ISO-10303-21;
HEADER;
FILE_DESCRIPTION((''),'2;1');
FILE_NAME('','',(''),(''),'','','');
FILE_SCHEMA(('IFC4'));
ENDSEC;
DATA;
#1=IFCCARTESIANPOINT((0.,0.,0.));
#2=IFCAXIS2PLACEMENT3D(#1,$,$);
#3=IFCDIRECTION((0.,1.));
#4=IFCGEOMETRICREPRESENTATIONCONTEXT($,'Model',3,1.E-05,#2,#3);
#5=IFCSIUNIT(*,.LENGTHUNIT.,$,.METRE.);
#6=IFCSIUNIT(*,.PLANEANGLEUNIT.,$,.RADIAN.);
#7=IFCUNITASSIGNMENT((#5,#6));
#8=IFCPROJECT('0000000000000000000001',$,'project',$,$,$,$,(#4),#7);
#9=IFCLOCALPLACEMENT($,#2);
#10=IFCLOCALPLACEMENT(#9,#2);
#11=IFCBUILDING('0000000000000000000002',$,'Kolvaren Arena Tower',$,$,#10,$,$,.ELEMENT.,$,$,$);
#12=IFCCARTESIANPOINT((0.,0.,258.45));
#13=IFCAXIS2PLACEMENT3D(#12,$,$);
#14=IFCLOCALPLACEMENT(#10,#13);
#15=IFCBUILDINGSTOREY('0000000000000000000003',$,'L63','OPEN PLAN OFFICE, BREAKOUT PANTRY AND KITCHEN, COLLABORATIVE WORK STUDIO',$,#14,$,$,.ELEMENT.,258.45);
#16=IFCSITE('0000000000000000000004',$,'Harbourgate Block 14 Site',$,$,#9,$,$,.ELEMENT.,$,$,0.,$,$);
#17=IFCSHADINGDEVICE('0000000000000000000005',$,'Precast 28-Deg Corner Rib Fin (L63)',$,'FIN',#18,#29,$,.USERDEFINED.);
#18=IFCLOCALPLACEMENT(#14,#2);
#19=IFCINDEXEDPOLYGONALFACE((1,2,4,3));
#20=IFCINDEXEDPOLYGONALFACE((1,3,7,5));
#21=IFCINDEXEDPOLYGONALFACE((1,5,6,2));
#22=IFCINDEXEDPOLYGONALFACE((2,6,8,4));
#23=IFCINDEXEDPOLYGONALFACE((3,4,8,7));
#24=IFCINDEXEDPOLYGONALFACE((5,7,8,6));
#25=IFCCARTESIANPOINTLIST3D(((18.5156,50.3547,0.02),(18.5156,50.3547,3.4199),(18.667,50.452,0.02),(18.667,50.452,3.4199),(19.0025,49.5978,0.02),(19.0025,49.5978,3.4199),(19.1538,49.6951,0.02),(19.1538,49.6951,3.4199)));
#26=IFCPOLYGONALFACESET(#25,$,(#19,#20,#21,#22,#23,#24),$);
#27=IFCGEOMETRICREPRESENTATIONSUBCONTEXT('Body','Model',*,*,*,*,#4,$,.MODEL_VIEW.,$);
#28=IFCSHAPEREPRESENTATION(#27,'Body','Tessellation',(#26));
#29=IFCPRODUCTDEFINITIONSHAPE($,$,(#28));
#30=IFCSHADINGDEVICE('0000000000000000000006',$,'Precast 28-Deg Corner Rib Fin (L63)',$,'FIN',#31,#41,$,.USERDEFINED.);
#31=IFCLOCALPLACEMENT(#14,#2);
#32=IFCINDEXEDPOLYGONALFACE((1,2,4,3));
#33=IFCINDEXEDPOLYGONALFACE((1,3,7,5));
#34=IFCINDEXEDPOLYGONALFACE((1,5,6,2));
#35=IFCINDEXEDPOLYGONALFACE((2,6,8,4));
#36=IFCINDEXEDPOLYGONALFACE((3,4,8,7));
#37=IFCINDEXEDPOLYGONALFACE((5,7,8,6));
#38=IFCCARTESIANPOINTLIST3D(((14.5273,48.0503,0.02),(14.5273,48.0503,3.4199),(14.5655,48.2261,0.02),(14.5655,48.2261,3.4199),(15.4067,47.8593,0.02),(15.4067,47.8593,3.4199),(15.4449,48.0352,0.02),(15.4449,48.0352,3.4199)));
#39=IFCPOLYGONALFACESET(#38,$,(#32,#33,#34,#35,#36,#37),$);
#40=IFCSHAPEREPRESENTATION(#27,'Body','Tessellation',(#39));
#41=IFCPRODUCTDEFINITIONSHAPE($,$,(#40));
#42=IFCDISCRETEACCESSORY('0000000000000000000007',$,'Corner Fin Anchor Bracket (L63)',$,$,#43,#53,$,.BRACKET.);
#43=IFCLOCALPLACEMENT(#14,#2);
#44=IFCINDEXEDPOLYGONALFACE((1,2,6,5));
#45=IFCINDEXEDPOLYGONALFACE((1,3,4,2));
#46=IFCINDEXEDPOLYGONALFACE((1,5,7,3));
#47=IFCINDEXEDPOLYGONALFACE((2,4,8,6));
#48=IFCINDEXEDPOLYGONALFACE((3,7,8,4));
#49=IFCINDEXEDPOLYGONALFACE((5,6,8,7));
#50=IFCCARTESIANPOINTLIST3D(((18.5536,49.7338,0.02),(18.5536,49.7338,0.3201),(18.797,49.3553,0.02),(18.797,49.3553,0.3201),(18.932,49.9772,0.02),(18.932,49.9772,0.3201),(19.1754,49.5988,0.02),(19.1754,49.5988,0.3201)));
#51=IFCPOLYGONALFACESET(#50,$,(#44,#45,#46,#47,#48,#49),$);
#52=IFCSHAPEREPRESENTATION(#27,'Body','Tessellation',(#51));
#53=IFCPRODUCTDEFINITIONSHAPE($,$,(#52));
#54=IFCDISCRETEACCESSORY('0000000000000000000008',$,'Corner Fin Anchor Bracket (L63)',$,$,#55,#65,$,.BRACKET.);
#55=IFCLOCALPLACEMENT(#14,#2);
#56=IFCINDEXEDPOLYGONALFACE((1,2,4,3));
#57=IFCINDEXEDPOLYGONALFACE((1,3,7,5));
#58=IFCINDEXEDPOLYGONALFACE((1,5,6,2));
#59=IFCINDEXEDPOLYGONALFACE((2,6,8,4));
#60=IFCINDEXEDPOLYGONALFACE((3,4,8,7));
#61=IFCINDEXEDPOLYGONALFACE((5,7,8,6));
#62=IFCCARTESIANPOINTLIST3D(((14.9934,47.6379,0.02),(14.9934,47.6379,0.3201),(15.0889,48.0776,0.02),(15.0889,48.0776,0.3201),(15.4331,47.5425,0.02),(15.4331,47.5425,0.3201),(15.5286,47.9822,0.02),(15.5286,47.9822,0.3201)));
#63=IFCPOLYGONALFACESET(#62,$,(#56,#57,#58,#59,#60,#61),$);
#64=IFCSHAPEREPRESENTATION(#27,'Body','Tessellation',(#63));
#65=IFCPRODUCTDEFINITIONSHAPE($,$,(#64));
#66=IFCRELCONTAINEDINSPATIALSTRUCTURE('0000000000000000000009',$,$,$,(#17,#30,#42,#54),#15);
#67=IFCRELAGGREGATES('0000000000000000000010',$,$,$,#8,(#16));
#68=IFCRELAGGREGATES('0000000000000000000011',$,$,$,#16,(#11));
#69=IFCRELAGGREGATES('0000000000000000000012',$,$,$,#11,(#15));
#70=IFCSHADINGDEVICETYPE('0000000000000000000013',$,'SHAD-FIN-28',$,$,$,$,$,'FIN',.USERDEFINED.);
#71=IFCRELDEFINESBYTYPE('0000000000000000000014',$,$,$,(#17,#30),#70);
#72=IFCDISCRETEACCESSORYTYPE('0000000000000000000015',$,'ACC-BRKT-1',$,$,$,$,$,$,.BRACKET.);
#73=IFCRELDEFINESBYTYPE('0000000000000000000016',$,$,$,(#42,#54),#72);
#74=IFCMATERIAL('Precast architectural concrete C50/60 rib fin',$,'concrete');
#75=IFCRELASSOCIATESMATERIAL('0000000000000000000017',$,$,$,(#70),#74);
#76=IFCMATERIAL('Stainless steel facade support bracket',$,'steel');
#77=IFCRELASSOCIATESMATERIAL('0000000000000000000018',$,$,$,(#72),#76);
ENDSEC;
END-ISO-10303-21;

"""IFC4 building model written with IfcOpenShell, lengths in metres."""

from ifc_helpers import new_model, si_unit, direction, frame, origin, origin_2d, place, context, subcontext, project, spatial, rectangle, extrude, material, type_object, element, save


model = new_model("IFC4")

# Units and contexts
model_context = context("Model", 3, precision=1e-05, world=origin(), true_north=direction((0.0, 1.0)))
body_context = subcontext(model_context, "Body", "Model", "MODEL_VIEW")
ifc_project = project(units=[si_unit("LENGTHUNIT", "METRE"), si_unit("PLANEANGLEUNIT", "RADIAN")], contexts=[model_context])

# Site, building, storey
site_placement = place(None, origin())
site = spatial("IfcSite", under=ifc_project, at=site_placement, Name="Harbourgate Block 14 Site", CompositionType="ELEMENT", RefElevation=0.0)
building_placement = place(site_placement, origin())
building = spatial("IfcBuilding", under=site, at=building_placement, Name="Kolvaren Arena Tower", CompositionType="ELEMENT")
storey_placement = place(building_placement, frame((0.0, 0.0, 258.45)))
storey = spatial("IfcBuildingStorey", under=building, at=storey_placement, Name="L63", Description="OPEN PLAN OFFICE, BREAKOUT PANTRY AND KITCHEN, COLLABORATIVE WORK STUDIO", CompositionType="ELEMENT", Elevation=258.45)

# Shading devices
ifc_material_1 = material(Name="Precast architectural concrete C50/60 rib fin", Category="concrete")
shading_device_type = type_object("IfcShadingDeviceType", Name="SHAD-FIN-28", ElementType="FIN", PredefinedType="USERDEFINED", material=ifc_material_1)
for number, where, z_axis, x_axis, name in (
    (1, (18.8347, 50.0249, 0.02), (0.0, 0.0, 1.0), (-0.540982, 0.841034, 0.0), "Precast 28-Deg Corner Rib Fin (L63)"),
    (2, (14.9861, 48.0427, 0.02), (0.0, 0.0, 1.0), (-0.977234, 0.212162, 0.0), "Precast 28-Deg Corner Rib Fin (L63)"),
):
    element("IfcShadingDevice", number, at=place(storey_placement, frame(where, z_axis=z_axis, x_axis=x_axis)), inside=storey, type_object=shading_device_type, Name=name, ObjectType="FIN", PredefinedType="USERDEFINED", context=body_context, shape_type="SweptSolid", body=[
        extrude(rectangle(XDim=0.8999, YDim=0.1799, at=origin_2d()), origin(), (0.0, 0.0, 1.0), 3.3999),
    ])

# Discrete accessories
ifc_material_2 = material(Name="Stainless steel facade support bracket", Category="steel")
discrete_accessory_type = type_object("IfcDiscreteAccessoryType", Name="ACC-BRKT-1", PredefinedType="BRACKET", material=ifc_material_2)
for number, where, z_axis, x_axis, name in (
    (3, (18.8645, 49.6663, 0.02), (0.0, 0.0, 1.0), (-0.540982, 0.841034, 0.0), "Corner Fin Anchor Bracket (L63)"),
    (4, (15.261, 47.8101, 0.02), (0.0, 0.0, 1.0), (-0.977234, 0.212162, 0.0), "Corner Fin Anchor Bracket (L63)"),
):
    element("IfcDiscreteAccessory", number, at=place(storey_placement, frame(where, z_axis=z_axis, x_axis=x_axis)), inside=storey, type_object=discrete_accessory_type, Name=name, PredefinedType="BRACKET", context=body_context, shape_type="SweptSolid", body=[
        extrude(rectangle(XDim=0.45, YDim=0.45, at=origin_2d()), origin(), (0.0, 0.0, 1.0), 0.3),
    ])

save(model, "model.ifc")
